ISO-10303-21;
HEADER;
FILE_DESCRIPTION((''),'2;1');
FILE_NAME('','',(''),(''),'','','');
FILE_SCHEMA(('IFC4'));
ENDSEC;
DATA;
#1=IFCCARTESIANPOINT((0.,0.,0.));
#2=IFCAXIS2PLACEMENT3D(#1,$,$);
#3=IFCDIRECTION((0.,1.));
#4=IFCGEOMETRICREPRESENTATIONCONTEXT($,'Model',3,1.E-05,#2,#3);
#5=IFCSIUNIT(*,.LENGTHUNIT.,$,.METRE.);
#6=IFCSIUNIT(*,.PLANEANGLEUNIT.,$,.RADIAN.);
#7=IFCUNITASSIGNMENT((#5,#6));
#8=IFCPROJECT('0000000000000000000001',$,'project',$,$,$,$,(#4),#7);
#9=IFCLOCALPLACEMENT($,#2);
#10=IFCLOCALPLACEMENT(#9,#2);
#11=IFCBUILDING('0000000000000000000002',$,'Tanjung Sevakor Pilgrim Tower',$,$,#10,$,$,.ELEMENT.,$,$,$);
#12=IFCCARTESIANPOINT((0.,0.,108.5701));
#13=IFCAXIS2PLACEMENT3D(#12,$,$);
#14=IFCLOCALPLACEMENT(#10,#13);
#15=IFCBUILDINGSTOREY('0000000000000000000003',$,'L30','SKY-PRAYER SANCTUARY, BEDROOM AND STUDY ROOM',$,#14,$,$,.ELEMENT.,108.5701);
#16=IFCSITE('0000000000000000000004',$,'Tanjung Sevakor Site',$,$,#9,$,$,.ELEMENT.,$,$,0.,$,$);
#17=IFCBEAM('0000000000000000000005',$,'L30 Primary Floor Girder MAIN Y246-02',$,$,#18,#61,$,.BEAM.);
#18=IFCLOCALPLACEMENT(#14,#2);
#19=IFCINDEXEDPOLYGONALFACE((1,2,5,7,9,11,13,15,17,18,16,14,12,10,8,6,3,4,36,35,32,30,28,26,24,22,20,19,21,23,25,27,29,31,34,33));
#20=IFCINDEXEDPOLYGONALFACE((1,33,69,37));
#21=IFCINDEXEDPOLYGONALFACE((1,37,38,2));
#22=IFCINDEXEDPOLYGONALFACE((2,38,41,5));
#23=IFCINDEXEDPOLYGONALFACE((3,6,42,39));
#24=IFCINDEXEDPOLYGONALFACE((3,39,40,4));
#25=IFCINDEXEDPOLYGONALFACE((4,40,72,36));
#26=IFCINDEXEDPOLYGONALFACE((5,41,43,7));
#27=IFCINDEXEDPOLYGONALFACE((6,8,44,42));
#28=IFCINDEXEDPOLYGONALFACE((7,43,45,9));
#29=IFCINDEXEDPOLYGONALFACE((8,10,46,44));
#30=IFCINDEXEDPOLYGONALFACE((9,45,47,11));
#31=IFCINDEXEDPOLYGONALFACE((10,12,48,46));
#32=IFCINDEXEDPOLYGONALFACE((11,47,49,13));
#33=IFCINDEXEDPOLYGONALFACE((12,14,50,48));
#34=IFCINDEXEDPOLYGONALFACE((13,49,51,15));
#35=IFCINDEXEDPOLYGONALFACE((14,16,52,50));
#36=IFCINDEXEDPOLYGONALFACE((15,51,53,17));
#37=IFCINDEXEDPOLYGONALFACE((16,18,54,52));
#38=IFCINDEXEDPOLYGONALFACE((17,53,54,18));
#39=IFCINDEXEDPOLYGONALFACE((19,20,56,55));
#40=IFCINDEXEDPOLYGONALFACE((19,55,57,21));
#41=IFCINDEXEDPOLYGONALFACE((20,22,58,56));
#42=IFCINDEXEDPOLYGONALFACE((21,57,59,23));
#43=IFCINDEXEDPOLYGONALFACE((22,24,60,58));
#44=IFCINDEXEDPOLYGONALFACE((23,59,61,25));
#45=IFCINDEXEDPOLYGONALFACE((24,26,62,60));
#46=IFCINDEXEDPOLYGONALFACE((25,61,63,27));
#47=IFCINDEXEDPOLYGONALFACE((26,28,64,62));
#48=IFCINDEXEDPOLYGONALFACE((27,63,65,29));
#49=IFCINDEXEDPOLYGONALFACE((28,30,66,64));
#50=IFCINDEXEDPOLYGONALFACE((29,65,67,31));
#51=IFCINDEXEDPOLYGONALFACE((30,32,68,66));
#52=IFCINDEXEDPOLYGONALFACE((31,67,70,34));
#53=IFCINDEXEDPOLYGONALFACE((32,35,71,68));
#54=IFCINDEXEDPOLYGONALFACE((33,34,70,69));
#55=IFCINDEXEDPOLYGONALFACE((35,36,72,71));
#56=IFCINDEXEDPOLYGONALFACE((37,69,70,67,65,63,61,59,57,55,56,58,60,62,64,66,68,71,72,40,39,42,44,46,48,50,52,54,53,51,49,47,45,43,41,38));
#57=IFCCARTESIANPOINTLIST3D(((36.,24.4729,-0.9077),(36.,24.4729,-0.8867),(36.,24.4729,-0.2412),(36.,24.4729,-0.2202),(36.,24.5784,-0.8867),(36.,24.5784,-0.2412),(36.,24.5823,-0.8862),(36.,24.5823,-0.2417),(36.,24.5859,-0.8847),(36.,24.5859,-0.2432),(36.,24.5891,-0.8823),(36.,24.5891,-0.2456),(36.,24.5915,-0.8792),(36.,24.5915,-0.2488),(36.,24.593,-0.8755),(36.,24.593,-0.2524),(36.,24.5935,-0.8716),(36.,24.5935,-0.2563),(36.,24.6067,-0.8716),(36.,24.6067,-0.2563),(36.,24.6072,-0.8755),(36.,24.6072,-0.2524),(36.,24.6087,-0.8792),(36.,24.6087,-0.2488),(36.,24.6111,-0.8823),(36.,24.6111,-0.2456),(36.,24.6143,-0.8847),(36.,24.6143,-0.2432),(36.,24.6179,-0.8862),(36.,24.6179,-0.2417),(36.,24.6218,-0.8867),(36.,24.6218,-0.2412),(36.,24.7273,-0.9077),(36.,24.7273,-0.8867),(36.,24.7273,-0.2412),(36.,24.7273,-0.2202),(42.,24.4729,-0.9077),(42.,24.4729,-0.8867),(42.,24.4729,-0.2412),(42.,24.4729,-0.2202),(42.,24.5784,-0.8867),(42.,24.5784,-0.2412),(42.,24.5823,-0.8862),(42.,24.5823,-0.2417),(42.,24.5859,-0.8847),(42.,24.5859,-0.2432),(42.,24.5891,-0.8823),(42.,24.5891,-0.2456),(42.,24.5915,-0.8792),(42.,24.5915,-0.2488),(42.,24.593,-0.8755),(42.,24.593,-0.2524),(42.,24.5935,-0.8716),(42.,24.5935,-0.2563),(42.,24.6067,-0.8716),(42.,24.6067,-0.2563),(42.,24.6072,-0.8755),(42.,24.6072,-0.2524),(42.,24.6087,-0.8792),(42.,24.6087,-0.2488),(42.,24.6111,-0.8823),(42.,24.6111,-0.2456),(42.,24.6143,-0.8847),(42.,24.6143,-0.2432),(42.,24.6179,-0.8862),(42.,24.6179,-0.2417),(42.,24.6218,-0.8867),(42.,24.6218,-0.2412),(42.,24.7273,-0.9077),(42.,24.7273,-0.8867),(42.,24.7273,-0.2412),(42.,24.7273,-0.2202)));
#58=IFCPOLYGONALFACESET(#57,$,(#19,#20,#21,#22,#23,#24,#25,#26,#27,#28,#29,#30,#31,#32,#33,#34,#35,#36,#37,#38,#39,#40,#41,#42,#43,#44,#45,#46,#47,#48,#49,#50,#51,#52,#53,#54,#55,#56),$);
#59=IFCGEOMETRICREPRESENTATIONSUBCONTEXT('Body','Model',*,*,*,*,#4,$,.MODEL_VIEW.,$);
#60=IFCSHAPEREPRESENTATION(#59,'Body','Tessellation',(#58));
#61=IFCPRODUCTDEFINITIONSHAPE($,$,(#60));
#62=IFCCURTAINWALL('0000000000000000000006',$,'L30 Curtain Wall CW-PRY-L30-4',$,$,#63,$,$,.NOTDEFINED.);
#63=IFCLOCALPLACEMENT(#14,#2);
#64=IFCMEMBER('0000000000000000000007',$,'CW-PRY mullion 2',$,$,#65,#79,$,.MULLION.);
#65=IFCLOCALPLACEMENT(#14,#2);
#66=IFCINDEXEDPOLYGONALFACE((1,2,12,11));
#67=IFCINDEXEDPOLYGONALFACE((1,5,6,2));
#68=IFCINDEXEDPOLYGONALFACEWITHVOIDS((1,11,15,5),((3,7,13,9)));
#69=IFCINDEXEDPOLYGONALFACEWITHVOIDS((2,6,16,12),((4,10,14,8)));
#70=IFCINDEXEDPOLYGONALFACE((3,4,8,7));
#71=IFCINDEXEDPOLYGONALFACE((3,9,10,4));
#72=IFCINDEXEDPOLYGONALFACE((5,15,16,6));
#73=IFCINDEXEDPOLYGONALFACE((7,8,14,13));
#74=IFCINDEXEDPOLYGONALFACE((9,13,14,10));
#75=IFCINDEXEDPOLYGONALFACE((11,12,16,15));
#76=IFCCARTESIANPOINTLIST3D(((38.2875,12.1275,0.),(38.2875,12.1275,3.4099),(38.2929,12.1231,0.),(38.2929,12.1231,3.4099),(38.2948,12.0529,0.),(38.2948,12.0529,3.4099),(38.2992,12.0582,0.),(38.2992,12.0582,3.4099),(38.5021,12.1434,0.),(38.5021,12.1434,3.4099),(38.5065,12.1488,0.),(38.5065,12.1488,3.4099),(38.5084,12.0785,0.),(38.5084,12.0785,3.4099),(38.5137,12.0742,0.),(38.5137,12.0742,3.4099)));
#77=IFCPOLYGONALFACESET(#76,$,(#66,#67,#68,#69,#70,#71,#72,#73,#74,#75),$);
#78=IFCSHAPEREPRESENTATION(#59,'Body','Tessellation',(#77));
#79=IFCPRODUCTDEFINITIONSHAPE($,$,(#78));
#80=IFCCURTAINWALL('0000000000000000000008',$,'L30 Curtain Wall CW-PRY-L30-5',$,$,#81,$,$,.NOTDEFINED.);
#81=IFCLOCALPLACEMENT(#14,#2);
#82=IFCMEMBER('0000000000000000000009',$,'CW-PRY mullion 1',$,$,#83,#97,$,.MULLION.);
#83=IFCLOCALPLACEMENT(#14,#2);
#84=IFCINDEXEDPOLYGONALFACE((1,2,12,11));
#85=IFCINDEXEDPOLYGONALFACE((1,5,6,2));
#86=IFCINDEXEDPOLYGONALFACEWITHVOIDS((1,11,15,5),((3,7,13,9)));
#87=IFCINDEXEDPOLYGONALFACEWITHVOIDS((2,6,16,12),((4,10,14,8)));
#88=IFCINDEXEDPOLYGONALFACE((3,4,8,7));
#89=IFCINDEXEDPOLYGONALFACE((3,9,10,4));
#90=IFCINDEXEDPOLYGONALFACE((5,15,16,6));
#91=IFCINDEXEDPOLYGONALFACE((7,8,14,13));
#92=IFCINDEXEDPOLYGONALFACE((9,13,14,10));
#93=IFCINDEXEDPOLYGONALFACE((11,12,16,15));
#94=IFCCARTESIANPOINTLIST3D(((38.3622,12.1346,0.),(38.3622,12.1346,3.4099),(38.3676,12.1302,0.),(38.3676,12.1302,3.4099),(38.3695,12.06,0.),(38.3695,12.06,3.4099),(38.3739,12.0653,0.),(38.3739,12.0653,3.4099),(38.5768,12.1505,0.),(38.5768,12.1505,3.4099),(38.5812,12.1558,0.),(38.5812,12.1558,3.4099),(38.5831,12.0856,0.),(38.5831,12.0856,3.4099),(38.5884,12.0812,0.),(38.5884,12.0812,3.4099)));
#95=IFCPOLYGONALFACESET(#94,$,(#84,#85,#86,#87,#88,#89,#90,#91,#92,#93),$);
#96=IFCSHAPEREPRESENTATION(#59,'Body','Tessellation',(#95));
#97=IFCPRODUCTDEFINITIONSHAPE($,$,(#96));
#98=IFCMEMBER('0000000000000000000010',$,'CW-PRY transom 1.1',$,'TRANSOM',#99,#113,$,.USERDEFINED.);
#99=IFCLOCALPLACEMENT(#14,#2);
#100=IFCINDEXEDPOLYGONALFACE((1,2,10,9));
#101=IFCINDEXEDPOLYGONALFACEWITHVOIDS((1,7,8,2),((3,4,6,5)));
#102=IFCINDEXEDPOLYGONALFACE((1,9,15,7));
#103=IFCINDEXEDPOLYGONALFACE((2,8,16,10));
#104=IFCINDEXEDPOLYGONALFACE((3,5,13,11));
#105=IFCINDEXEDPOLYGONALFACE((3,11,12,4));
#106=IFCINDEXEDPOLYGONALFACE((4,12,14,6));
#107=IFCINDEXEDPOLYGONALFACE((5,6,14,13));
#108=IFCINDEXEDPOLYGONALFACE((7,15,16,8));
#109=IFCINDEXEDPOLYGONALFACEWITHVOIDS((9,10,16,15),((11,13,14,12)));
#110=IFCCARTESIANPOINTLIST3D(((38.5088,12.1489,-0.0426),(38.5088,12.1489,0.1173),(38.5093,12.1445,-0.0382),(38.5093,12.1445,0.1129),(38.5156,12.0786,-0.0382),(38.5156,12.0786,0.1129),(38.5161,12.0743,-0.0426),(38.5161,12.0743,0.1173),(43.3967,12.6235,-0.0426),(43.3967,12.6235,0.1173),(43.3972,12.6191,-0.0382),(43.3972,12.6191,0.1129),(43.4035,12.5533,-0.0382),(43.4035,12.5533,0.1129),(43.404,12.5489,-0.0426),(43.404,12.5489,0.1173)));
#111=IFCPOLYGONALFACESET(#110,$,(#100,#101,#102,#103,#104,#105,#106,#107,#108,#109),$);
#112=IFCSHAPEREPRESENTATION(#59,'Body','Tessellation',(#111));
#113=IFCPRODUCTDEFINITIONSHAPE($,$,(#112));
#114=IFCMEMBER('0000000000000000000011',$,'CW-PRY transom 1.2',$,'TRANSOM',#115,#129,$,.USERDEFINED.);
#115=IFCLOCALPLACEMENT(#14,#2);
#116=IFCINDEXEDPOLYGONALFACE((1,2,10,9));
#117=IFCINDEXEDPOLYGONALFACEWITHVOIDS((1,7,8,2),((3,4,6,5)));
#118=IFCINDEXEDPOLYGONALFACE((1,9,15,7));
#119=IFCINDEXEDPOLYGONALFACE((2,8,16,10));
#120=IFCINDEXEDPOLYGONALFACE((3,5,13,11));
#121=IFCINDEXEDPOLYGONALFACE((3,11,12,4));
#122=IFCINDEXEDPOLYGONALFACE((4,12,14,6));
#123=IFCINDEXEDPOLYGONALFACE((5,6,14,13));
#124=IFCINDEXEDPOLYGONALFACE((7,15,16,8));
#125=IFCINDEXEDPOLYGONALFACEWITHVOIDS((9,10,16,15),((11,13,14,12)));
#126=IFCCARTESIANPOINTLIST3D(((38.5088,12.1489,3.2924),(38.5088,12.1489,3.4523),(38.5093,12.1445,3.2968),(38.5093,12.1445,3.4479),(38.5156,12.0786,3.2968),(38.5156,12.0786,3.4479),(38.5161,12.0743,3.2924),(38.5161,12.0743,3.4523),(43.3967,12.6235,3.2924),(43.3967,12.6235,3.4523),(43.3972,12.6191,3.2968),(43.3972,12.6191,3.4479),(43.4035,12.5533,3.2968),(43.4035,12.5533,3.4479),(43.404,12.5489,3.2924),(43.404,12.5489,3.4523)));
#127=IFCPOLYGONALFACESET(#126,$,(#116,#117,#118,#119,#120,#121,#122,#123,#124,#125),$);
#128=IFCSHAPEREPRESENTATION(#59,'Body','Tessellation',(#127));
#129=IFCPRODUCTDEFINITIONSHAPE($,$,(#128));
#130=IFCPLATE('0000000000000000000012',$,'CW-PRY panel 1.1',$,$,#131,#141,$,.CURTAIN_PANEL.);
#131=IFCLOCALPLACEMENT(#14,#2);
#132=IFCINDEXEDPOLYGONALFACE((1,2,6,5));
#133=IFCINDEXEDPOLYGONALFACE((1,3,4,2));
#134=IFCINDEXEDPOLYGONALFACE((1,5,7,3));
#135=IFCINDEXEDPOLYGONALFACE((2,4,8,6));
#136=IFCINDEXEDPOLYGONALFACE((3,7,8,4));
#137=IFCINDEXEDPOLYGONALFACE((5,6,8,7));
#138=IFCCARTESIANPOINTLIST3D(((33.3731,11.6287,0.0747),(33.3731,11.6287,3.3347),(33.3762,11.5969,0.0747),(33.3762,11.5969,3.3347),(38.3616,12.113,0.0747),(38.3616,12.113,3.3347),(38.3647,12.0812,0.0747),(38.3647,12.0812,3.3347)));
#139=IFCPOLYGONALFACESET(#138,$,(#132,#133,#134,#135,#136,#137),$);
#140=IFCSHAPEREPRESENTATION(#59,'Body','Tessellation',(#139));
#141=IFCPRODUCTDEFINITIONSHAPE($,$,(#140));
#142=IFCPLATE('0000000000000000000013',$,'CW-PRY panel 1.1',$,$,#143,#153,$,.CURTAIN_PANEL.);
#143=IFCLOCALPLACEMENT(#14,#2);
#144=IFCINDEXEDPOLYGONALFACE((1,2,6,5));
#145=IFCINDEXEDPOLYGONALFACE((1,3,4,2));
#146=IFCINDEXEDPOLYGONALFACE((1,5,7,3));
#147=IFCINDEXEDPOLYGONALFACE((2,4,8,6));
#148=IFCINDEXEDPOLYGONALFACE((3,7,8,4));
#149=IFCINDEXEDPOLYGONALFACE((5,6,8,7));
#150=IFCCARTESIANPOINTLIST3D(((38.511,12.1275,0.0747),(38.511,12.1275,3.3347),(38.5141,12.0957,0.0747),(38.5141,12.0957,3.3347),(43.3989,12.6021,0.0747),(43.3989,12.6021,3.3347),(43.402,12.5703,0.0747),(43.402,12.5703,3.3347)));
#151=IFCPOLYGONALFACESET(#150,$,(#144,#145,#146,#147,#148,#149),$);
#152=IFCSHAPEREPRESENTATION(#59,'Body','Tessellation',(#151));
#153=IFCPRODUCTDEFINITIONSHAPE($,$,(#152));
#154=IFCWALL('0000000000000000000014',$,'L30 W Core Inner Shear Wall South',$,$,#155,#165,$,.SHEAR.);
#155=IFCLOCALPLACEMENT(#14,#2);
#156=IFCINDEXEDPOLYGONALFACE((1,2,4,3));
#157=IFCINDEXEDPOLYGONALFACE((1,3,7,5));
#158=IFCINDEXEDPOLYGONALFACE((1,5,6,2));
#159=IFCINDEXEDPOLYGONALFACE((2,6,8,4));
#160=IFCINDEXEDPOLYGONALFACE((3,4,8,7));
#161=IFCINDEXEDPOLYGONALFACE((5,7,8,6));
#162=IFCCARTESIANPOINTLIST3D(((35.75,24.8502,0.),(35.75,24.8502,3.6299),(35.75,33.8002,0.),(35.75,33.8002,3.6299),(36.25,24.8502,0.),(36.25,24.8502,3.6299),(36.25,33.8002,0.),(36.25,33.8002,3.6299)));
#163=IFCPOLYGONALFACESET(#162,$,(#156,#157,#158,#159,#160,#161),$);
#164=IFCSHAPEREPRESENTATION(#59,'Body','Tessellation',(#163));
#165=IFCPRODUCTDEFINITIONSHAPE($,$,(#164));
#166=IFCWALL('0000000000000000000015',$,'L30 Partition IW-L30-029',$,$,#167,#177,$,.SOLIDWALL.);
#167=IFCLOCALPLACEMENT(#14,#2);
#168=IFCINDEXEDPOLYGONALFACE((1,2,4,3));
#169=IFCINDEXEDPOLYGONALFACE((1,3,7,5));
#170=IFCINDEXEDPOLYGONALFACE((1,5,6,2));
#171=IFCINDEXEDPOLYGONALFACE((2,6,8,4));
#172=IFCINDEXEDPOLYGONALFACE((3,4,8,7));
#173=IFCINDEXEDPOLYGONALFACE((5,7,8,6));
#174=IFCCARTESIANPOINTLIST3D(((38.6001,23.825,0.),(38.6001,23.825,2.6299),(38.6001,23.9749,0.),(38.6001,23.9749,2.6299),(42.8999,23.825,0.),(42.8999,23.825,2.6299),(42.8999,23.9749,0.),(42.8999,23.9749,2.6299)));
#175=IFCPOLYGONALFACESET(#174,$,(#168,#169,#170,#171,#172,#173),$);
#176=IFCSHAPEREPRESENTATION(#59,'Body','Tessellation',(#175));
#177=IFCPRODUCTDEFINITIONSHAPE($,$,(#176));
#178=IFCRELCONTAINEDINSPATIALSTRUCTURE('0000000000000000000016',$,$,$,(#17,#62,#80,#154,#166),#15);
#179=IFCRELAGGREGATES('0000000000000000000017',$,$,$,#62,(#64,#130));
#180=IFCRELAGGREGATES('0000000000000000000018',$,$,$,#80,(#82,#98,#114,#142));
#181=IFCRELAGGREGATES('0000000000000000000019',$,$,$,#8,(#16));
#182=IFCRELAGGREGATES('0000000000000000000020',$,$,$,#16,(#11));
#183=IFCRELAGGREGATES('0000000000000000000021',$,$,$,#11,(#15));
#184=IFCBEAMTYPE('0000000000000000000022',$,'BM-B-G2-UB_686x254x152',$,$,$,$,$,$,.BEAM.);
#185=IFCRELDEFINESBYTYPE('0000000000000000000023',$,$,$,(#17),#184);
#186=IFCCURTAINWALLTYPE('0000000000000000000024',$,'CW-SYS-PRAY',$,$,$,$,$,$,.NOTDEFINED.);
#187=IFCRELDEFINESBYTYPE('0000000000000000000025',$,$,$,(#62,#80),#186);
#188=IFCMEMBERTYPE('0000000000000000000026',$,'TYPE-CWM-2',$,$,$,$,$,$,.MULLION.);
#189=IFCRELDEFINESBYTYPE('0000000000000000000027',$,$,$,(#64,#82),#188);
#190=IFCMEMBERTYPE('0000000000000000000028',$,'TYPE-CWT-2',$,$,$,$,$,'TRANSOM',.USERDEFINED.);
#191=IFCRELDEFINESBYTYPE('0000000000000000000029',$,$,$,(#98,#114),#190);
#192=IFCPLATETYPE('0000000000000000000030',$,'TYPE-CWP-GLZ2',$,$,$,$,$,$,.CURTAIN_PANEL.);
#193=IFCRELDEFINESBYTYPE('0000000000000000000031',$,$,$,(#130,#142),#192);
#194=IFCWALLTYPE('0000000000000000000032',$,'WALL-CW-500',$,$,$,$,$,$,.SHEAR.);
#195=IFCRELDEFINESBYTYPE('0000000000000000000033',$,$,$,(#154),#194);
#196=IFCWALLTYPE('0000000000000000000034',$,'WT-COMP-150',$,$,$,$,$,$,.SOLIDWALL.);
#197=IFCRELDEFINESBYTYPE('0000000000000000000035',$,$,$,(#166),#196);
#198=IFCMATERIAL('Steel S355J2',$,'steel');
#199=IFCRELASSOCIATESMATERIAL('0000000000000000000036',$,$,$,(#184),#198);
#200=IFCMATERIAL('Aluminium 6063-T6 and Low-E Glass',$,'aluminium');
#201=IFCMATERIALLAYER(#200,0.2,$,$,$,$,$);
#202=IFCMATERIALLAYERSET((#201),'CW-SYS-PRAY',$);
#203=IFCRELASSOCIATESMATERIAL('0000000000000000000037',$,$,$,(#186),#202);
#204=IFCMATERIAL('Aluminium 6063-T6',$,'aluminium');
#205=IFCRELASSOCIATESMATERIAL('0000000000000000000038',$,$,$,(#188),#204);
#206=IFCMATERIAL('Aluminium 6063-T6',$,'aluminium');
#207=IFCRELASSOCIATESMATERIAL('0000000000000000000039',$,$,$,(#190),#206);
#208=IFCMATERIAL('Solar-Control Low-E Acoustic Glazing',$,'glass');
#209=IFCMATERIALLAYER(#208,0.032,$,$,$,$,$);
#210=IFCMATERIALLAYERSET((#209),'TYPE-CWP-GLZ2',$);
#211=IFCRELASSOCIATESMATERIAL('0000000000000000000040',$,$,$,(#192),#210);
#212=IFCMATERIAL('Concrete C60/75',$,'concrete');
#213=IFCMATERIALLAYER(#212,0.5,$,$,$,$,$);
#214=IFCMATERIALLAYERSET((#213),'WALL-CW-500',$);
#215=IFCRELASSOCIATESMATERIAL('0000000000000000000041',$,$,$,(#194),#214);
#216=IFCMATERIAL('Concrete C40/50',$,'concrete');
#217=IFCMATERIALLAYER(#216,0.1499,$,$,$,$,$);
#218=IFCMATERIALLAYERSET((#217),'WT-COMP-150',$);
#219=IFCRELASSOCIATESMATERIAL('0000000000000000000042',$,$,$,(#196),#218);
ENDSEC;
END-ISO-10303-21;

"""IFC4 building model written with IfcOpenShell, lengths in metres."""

from ifc_helpers import new_model, si_unit, direction, frame, frame_2d, origin, origin_2d, place, context, subcontext, project, spatial, rectangle, hollow_rectangle, i_section, extrude, material, layer, layer_set, material_profile, profile_set, type_object, element, aggregate, save


model = new_model("IFC4")

# Units and contexts
model_context = context("Model", 3, precision=1e-05, world=origin(), true_north=direction((0.0, 1.0)))
body_context = subcontext(model_context, "Body", "Model", "MODEL_VIEW")
ifc_project = project(units=[si_unit("LENGTHUNIT", "METRE"), si_unit("PLANEANGLEUNIT", "RADIAN")], contexts=[model_context])

# Site, building, storey
site_placement = place(None, origin())
site = spatial("IfcSite", under=ifc_project, at=site_placement, Name="Tanjung Sevakor Site", CompositionType="ELEMENT", RefElevation=0.0)
building_placement = place(site_placement, origin())
building = spatial("IfcBuilding", under=site, at=building_placement, Name="Tanjung Sevakor Pilgrim Tower", CompositionType="ELEMENT")
storey_placement = place(building_placement, frame((0.0, 0.0, 108.5701)))
storey = spatial("IfcBuildingStorey", under=building, at=storey_placement, Name="L30", Description="SKY-PRAYER SANCTUARY, BEDROOM AND STUDY ROOM", CompositionType="ELEMENT", Elevation=108.5701)

# Beam
ifc_material_1 = material(Name="Steel S355J2", Category="steel")
ifc_material_profile_1 = material_profile(ifc_material_1, i_section(OverallWidth=0.2544, OverallDepth=0.6875, WebThickness=0.0132, FlangeThickness=0.021, FilletRadius=0.0151, at=origin_2d()))
ifc_profile_set_1 = profile_set([ifc_material_profile_1], Name="Steel S355J2")
beam_type = type_object("IfcBeamType", Name="BM-B-G2-UB_686x254x152", PredefinedType="BEAM", material=ifc_profile_set_1)
beam_placement = place(storey_placement, frame((36.0, 24.6001, -0.564), z_axis=(1.0, 0.0, 0.0), x_axis=(0.0, 1.0, 0.0)))
element("IfcBeam", 1, at=beam_placement, inside=storey, type_object=beam_type, Name="L30 Primary Floor Girder MAIN Y246-02", PredefinedType="BEAM", context=body_context, shape_type="SweptSolid", body=[
    extrude(i_section(OverallWidth=0.2544, OverallDepth=0.6875, WebThickness=0.0132, FlangeThickness=0.021, FilletRadius=0.0151, at=origin_2d()), origin(), (0.0, 0.0, 1.0), 6.0),
])

# Curtain wall, member
ifc_material_2 = material(Name="Aluminium 6063-T6 and Low-E Glass", Category="aluminium")
ifc_layer_1 = layer(ifc_material_2, 0.2)
ifc_layer_set_1 = layer_set([ifc_layer_1], Name="CW-SYS-PRAY")
curtain_wall_type = type_object("IfcCurtainWallType", Name="CW-SYS-PRAY", PredefinedType="NOTDEFINED", material=ifc_layer_set_1)
curtain_wall_1_placement = place(storey_placement, origin())
curtain_wall_1 = element("IfcCurtainWall", 2, at=curtain_wall_1_placement, inside=storey, type_object=curtain_wall_type, Name="L30 Curtain Wall CW-PRY-L30-4", PredefinedType="NOTDEFINED")
ifc_material_3 = material(Name="Aluminium 6063-T6", Category="aluminium")
ifc_material_profile_2 = material_profile(ifc_material_3, hollow_rectangle(XDim=0.075, YDim=0.22, WallThickness=0.0049, at=origin_2d()))
ifc_profile_set_2 = profile_set([ifc_material_profile_2], Name="Aluminium 6063-T6")
member_type_1 = type_object("IfcMemberType", Name="TYPE-CWM-2", PredefinedType="MULLION", material=ifc_profile_set_2)
member_1_placement = place(storey_placement, frame((38.4006, 12.1008, 0.0), z_axis=(0.0, 0.0, 1.0), x_axis=(-0.096628, 0.995321, 0.0)))
member_1 = element("IfcMember", 3, at=member_1_placement, type_object=member_type_1, Name="CW-PRY mullion 2", PredefinedType="MULLION", context=body_context, shape_type="SweptSolid", body=[
    extrude(hollow_rectangle(XDim=0.075, YDim=0.22, WallThickness=0.0049, at=origin_2d()), origin(), (0.0, 0.0, 1.0), 3.4099),
])

# Curtain wall, members
curtain_wall_2_placement = place(storey_placement, origin())
curtain_wall_2 = element("IfcCurtainWall", 4, at=curtain_wall_2_placement, inside=storey, type_object=curtain_wall_type, Name="L30 Curtain Wall CW-PRY-L30-5", PredefinedType="NOTDEFINED")
member_2_placement = place(storey_placement, frame((38.4753, 12.1079, 0.0), z_axis=(0.0, 0.0, 1.0), x_axis=(-0.096645, 0.995319, 0.0)))
member_2 = element("IfcMember", 5, at=member_2_placement, type_object=member_type_1, Name="CW-PRY mullion 1", PredefinedType="MULLION", context=body_context, shape_type="SweptSolid", body=[
    extrude(hollow_rectangle(XDim=0.075, YDim=0.22, WallThickness=0.0049, at=origin_2d()), origin(), (0.0, 0.0, 1.0), 3.4099),
])
ifc_material_4 = material(Name="Aluminium 6063-T6", Category="aluminium")
ifc_material_profile_3 = material_profile(ifc_material_4, hollow_rectangle(XDim=0.075, YDim=0.1599, WallThickness=0.0044, at=origin_2d()))
ifc_profile_set_3 = profile_set([ifc_material_profile_3], Name="Aluminium 6063-T6")
member_type_2 = type_object("IfcMemberType", Name="TYPE-CWT-2", ElementType="TRANSOM", PredefinedType="USERDEFINED", material=ifc_profile_set_3)
member_3_placement = place(storey_placement, frame((38.5125, 12.1116, 0.0374), z_axis=(0.995319, 0.096644, 0.0), x_axis=(-0.096644, 0.995319, 0.0)))
member_3 = element("IfcMember", 6, at=member_3_placement, type_object=member_type_2, Name="CW-PRY transom 1.1", ObjectType="TRANSOM", PredefinedType="USERDEFINED", context=body_context, shape_type="SweptSolid", body=[
    extrude(hollow_rectangle(XDim=0.075, YDim=0.1599, WallThickness=0.0044, at=origin_2d()), origin(), (0.0, 0.0, 1.0), 4.9109),
])
member_4_placement = place(storey_placement, frame((38.5125, 12.1116, 3.3723), z_axis=(0.995319, 0.096644, 0.0), x_axis=(-0.096644, 0.995319, 0.0)))
member_4 = element("IfcMember", 7, at=member_4_placement, type_object=member_type_2, Name="CW-PRY transom 1.2", ObjectType="TRANSOM", PredefinedType="USERDEFINED", context=body_context, shape_type="SweptSolid", body=[
    extrude(hollow_rectangle(XDim=0.075, YDim=0.1599, WallThickness=0.0044, at=origin_2d()), origin(), (0.0, 0.0, 1.0), 4.9109),
])

# Plates
ifc_material_5 = material(Name="Solar-Control Low-E Acoustic Glazing", Category="glass")
ifc_layer_2 = layer(ifc_material_5, 0.032)
ifc_layer_set_2 = layer_set([ifc_layer_2], Name="TYPE-CWP-GLZ2")
plate_type = type_object("IfcPlateType", Name="TYPE-CWP-GLZ2", PredefinedType="CURTAIN_PANEL", material=ifc_layer_set_2)
plate_1_placement = place(storey_placement, frame((35.8689, 11.855, 0.0747), z_axis=(0.0, 0.0, 1.0), x_axis=(0.995321, 0.096628, 0.0)))
plate_1 = element("IfcPlate", 8, at=plate_1_placement, type_object=plate_type, Name="CW-PRY panel 1.1", PredefinedType="CURTAIN_PANEL", context=body_context, shape_type="SweptSolid", body=[
    extrude(rectangle(XDim=5.012, YDim=0.032, at=origin_2d()), origin(), (0.0, 0.0, 1.0), 3.26),
])
aggregate(curtain_wall_1, [member_1, plate_1])
plate_2_placement = place(storey_placement, frame((40.9565, 12.3489, 0.0747), z_axis=(0.0, 0.0, 1.0), x_axis=(0.995319, 0.096645, 0.0)))
plate_2 = element("IfcPlate", 9, at=plate_2_placement, type_object=plate_type, Name="CW-PRY panel 1.1", PredefinedType="CURTAIN_PANEL", context=body_context, shape_type="SweptSolid", body=[
    extrude(rectangle(XDim=4.9109, YDim=0.032, at=origin_2d()), origin(), (0.0, 0.0, 1.0), 3.26),
])
aggregate(curtain_wall_2, [member_2, member_3, member_4, plate_2])

# Walls
ifc_material_6 = material(Name="Concrete C60/75", Category="concrete")
ifc_layer_3 = layer(ifc_material_6, 0.5)
ifc_layer_set_3 = layer_set([ifc_layer_3], Name="WALL-CW-500")
wall_type_1 = type_object("IfcWallType", Name="WALL-CW-500", PredefinedType="SHEAR", material=ifc_layer_set_3)
wall_1_placement = place(storey_placement, frame((36.0, 24.8501, 0.0), z_axis=(0.0, 0.0, 1.0), x_axis=(0.0, 1.0, 0.0)))
element("IfcWall", 10, at=wall_1_placement, inside=storey, type_object=wall_type_1, Name="L30 W Core Inner Shear Wall South", PredefinedType="SHEAR", context=body_context, shape_type="SweptSolid", body=[
    extrude(rectangle(XDim=8.95, YDim=0.5, at=frame_2d((4.4751, 0.0))), origin(), (0.0, 0.0, 1.0), 3.6299),
])
ifc_material_7 = material(Name="Concrete C40/50", Category="concrete")
ifc_layer_4 = layer(ifc_material_7, 0.1499)
ifc_layer_set_4 = layer_set([ifc_layer_4], Name="WT-COMP-150")
wall_type_2 = type_object("IfcWallType", Name="WT-COMP-150", PredefinedType="SOLIDWALL", material=ifc_layer_set_4)
wall_2_placement = place(storey_placement, frame((38.6001, 23.8999, 0.0), z_axis=(0.0, 0.0, 1.0), x_axis=(1.0, 0.0, 0.0)))
element("IfcWall", 11, at=wall_2_placement, inside=storey, type_object=wall_type_2, Name="L30 Partition IW-L30-029", PredefinedType="SOLIDWALL", context=body_context, shape_type="SweptSolid", body=[
    extrude(rectangle(XDim=4.2998, YDim=0.1499, at=frame_2d((2.1499, 0.0))), origin(), (0.0, 0.0, 1.0), 2.6299),
])

save(model, "model.ifc")
